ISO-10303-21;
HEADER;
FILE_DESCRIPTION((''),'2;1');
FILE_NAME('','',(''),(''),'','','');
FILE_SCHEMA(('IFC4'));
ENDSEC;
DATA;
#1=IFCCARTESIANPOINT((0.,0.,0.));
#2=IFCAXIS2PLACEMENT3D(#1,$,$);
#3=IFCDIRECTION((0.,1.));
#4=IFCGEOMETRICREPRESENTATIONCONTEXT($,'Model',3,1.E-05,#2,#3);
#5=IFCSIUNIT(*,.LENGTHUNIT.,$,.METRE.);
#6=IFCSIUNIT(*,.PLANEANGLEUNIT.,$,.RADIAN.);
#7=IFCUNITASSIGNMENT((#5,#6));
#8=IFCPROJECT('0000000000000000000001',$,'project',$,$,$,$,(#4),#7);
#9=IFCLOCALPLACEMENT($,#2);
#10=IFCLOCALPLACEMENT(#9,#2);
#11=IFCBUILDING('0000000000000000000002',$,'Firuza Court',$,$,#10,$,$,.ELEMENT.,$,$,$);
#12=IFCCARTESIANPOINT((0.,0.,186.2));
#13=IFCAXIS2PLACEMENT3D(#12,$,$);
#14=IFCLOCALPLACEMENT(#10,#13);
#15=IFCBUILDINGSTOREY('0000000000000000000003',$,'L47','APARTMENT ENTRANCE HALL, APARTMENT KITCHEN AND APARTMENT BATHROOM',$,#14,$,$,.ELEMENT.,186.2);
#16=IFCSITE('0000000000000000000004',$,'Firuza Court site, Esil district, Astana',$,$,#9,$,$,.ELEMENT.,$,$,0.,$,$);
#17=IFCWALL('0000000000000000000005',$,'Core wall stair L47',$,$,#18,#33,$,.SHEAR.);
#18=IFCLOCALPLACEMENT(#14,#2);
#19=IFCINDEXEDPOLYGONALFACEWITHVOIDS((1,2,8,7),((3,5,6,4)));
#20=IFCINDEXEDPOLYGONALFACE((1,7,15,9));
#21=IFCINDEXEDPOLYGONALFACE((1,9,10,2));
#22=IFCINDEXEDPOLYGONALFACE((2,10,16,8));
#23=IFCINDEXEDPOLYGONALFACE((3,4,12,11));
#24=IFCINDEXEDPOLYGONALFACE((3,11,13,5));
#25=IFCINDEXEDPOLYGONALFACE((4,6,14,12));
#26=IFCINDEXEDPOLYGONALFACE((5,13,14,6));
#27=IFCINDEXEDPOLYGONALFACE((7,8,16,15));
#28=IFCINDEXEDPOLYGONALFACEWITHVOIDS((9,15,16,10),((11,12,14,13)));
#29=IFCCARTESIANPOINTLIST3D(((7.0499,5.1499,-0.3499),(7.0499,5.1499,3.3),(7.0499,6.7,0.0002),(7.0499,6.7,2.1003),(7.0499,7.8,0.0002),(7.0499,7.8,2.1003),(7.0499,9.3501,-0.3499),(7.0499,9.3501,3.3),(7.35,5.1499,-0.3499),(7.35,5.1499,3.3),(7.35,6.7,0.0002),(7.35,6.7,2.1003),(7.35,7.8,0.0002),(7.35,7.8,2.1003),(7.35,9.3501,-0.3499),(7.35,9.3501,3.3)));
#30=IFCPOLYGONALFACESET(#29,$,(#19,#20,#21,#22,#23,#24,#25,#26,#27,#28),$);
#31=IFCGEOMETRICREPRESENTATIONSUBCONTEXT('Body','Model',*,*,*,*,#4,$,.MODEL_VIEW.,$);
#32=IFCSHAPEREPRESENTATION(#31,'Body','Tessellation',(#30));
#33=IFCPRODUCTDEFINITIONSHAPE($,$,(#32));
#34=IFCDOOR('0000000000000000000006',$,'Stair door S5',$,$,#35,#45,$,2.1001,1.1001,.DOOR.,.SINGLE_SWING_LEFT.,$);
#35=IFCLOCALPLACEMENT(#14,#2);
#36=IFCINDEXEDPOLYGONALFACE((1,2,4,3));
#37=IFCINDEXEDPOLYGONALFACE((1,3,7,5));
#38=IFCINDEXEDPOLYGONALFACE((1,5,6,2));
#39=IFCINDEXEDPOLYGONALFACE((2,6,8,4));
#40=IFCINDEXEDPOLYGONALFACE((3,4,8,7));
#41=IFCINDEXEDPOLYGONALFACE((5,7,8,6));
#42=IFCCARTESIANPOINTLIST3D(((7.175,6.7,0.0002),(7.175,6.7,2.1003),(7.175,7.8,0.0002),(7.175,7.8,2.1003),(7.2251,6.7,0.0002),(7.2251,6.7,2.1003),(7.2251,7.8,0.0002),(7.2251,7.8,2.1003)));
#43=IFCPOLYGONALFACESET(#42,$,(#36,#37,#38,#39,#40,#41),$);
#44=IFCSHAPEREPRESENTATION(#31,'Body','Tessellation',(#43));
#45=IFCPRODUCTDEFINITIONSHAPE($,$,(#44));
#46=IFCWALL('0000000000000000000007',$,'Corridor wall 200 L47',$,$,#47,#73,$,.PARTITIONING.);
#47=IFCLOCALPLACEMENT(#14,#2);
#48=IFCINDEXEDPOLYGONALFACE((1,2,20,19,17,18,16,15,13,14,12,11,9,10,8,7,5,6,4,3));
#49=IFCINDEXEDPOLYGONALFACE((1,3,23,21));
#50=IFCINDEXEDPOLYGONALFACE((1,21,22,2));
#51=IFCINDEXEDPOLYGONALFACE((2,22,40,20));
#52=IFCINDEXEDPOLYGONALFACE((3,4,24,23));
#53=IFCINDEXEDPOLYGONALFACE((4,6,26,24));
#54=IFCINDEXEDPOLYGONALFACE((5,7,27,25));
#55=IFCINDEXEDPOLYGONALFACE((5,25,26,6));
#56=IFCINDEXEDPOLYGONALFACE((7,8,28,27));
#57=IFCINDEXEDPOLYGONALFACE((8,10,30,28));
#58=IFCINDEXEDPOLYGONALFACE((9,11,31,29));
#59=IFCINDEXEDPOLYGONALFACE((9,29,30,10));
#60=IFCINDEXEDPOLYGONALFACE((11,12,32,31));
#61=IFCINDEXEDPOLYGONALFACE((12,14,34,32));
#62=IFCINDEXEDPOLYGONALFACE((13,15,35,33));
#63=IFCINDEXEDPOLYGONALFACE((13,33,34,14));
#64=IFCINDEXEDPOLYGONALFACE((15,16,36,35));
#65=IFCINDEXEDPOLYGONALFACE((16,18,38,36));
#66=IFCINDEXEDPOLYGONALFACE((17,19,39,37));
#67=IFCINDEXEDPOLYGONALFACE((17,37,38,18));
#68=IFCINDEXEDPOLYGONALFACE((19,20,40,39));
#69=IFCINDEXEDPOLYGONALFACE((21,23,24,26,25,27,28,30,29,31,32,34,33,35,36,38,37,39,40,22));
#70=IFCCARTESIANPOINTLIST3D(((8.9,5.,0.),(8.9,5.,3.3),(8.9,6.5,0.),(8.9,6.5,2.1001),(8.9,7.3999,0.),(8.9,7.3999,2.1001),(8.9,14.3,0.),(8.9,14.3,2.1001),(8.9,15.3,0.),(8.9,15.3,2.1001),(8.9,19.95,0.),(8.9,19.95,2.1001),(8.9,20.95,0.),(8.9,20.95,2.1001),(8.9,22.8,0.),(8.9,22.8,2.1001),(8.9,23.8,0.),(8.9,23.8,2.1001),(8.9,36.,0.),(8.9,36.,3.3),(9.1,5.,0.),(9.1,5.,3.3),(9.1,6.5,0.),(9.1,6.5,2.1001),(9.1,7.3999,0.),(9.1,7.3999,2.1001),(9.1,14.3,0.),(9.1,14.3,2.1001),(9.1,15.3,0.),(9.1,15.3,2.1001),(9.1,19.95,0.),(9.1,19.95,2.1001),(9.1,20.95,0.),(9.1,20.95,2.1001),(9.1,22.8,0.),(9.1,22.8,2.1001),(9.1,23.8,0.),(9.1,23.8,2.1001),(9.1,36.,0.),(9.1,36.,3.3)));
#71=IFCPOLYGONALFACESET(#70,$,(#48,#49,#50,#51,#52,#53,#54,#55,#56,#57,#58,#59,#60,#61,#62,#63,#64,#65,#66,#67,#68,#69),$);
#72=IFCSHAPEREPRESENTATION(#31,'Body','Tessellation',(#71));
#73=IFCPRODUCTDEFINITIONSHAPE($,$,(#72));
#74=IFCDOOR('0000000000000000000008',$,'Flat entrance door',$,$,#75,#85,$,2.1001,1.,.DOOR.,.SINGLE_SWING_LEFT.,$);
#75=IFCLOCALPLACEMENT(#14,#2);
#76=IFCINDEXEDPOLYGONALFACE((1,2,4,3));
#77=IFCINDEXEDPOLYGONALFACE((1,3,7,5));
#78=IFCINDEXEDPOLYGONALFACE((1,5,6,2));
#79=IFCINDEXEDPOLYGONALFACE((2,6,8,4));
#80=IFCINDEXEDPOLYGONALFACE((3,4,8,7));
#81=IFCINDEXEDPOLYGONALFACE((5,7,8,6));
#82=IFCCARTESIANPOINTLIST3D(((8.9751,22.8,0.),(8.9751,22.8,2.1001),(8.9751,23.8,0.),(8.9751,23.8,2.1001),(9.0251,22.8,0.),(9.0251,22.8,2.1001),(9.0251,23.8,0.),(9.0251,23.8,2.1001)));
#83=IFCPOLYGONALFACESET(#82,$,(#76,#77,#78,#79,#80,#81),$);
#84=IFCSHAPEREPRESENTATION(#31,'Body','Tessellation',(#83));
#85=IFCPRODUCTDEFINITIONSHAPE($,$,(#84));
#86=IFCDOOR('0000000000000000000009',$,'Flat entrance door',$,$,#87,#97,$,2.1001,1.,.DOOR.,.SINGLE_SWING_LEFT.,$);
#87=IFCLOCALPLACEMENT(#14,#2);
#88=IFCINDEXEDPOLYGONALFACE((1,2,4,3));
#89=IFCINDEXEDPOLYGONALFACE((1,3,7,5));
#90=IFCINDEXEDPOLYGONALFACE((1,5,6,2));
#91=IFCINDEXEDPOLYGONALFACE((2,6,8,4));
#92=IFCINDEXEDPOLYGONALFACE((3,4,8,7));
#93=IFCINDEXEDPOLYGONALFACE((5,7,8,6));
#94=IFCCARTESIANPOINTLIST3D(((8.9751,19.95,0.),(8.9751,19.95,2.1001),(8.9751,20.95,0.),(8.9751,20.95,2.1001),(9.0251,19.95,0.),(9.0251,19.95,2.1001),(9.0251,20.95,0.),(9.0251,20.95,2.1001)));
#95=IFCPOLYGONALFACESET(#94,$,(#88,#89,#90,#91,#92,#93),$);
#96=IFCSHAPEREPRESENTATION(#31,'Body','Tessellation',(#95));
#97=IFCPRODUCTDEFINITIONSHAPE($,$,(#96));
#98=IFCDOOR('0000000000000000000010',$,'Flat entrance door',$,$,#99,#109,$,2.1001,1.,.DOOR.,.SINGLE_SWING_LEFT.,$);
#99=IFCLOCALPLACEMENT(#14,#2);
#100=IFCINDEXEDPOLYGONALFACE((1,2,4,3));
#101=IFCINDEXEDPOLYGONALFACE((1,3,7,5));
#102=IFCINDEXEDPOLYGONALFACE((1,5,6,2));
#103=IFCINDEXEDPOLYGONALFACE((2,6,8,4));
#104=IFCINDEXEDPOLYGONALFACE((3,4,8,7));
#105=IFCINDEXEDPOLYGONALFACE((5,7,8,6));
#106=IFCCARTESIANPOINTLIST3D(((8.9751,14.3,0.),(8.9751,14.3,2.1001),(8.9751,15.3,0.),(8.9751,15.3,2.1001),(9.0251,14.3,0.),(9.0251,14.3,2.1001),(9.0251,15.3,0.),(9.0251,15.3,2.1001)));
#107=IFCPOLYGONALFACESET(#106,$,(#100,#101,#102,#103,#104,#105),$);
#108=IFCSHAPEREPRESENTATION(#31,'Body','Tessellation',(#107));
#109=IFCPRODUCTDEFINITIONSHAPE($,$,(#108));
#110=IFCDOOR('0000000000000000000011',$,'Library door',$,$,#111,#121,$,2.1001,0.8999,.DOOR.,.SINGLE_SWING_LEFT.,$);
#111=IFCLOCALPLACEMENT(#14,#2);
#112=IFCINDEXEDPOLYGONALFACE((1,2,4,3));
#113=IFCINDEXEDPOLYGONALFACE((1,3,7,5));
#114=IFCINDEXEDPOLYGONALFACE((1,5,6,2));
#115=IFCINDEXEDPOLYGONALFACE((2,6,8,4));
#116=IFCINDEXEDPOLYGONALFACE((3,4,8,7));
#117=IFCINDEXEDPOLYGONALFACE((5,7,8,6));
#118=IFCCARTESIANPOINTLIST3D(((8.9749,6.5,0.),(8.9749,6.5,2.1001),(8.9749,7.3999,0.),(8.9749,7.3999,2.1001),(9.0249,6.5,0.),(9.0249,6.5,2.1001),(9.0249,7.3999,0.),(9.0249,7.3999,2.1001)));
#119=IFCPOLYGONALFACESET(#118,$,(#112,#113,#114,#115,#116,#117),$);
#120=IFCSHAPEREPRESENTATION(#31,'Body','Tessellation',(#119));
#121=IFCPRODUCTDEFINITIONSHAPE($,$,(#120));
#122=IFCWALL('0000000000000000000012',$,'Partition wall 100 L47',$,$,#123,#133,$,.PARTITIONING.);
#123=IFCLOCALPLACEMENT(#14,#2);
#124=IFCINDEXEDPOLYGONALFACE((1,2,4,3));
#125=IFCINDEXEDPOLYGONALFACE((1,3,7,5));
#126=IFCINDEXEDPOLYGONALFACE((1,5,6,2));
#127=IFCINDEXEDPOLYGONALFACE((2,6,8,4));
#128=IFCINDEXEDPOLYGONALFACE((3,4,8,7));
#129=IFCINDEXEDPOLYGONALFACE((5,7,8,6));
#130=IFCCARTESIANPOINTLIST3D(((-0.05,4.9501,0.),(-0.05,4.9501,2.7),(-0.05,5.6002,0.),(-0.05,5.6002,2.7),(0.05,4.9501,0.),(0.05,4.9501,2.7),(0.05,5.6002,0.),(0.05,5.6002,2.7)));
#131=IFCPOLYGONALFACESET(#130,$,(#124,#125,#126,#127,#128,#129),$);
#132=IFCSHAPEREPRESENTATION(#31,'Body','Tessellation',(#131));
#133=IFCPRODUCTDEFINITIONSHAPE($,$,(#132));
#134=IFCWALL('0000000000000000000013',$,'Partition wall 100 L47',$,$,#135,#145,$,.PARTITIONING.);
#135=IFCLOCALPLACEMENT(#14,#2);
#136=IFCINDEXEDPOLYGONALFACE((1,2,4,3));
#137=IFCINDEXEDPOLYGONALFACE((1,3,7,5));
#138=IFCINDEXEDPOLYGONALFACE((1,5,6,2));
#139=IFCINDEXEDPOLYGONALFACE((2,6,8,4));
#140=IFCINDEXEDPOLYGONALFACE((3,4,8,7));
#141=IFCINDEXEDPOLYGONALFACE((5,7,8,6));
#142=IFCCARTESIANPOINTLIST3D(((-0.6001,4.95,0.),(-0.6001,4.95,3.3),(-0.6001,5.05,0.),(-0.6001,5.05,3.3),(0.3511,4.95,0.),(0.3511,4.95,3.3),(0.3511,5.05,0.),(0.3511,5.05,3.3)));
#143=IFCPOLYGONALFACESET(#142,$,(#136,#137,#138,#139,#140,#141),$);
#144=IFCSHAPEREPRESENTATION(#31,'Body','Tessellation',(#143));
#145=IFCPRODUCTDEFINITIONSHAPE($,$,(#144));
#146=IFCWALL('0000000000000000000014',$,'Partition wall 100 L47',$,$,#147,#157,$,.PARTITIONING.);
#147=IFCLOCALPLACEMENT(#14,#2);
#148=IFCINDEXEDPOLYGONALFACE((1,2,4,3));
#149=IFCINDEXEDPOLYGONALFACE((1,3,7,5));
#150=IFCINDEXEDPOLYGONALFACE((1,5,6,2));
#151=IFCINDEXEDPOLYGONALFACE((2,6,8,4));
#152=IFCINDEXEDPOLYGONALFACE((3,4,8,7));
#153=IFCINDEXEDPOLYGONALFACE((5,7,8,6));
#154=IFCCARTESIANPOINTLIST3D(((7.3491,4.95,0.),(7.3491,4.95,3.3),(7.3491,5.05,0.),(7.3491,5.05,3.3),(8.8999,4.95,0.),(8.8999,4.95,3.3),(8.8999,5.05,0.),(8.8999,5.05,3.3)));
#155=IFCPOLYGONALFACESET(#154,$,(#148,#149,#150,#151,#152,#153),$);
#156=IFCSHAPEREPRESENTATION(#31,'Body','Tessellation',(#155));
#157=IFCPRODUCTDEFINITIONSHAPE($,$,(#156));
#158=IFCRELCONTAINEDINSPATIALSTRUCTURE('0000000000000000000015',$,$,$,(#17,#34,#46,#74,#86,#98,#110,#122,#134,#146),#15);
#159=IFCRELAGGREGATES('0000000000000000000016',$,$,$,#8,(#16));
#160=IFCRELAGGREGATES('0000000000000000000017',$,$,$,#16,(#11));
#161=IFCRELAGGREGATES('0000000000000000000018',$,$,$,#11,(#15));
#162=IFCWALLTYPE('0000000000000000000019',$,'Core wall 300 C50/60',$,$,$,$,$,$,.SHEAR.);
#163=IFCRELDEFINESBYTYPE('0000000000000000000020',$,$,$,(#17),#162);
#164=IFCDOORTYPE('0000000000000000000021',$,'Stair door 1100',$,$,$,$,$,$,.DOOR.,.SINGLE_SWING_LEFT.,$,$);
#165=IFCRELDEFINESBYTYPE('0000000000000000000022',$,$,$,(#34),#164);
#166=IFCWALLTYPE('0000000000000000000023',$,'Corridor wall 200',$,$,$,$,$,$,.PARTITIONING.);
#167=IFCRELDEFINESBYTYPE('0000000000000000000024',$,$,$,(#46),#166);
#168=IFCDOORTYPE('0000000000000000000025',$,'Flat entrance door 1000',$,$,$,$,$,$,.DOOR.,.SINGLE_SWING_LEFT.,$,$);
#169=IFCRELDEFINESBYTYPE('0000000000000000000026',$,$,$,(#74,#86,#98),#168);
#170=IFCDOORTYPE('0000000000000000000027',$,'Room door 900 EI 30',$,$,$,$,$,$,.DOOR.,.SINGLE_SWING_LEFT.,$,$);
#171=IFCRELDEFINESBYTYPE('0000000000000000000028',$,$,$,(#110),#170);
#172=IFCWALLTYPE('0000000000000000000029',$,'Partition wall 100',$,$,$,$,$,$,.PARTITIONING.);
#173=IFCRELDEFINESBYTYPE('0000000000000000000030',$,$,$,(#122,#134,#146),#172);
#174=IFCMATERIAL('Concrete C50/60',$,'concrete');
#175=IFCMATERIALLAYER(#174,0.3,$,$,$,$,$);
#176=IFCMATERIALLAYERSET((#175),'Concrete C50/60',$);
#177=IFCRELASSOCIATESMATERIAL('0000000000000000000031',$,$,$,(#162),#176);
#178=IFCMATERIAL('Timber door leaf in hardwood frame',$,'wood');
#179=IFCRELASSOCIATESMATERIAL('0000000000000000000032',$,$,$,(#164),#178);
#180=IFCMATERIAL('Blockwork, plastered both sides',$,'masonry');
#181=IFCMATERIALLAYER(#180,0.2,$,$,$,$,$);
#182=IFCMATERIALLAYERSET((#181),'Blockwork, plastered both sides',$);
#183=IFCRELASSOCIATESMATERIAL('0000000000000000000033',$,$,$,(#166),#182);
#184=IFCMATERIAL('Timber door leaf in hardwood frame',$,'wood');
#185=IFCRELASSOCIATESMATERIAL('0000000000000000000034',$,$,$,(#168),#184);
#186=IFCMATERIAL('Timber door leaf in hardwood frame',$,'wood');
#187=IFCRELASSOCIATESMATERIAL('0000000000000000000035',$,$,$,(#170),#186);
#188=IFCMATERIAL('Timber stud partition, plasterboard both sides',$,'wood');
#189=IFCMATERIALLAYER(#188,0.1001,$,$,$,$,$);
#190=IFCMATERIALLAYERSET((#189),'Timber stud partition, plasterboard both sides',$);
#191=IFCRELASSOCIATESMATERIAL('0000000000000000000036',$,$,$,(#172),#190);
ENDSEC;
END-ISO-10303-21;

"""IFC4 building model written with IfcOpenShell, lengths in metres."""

from ifc_helpers import new_model, si_unit, direction, frame, frame_2d, origin, place, context, subcontext, project, spatial, rectangle, extrude, material, layer, layer_set, type_object, element, fill, save


model = new_model("IFC4")

# Units and contexts
model_context = context("Model", 3, precision=1e-05, world=origin(), true_north=direction((0.0, 1.0)))
body_context = subcontext(model_context, "Body", "Model", "MODEL_VIEW")
ifc_project = project(units=[si_unit("LENGTHUNIT", "METRE"), si_unit("PLANEANGLEUNIT", "RADIAN")], contexts=[model_context])

# Site, building, storey
site_placement = place(None, origin())
site = spatial("IfcSite", under=ifc_project, at=site_placement, Name="Firuza Court site, Esil district, Astana", CompositionType="ELEMENT", RefElevation=0.0)
building_placement = place(site_placement, origin())
building = spatial("IfcBuilding", under=site, at=building_placement, Name="Firuza Court", CompositionType="ELEMENT")
storey_placement = place(building_placement, frame((0.0, 0.0, 186.2)))
storey = spatial("IfcBuildingStorey", under=building, at=storey_placement, Name="L47", Description="APARTMENT ENTRANCE HALL, APARTMENT KITCHEN AND APARTMENT BATHROOM", CompositionType="ELEMENT", Elevation=186.2)

# Shared definitions
ifc_material_1 = material(Name="Concrete C50/60", Category="concrete")
ifc_layer_1 = layer(ifc_material_1, 0.3)
ifc_layer_set_1 = layer_set([ifc_layer_1], Name="Concrete C50/60")
wall_type_1 = type_object("IfcWallType", Name="Core wall 300 C50/60", PredefinedType="SHEAR", material=ifc_layer_set_1)

# Wall, opening, door
wall_1_placement = place(storey_placement, frame((7.2, 5.1499, -0.3499), z_axis=(0.0, 0.0, 1.0), x_axis=(0.0, 1.0, 0.0)))
wall_1 = element("IfcWall", 1, at=wall_1_placement, inside=storey, type_object=wall_type_1, Name="Core wall stair L47", PredefinedType="SHEAR", context=body_context, shape_type="SweptSolid", body=[
    extrude(rectangle(XDim=4.2002, YDim=0.3, at=frame_2d((2.1001, 0.0))), origin(), (0.0, 0.0, 1.0), 3.6499),
])
opening_1_placement = place(wall_1_placement, frame((1.55, 0.0, 0.3501)))
opening_1 = element("IfcOpeningElement", 2, at=opening_1_placement, cuts=wall_1, PredefinedType="OPENING", context=body_context, shape_type="SweptSolid", body=[
    extrude(rectangle(XDim=1.1001, YDim=2.1001, at=frame_2d((0.55, 1.05))), frame((0.0, 0.1621, 0.0), z_axis=(0.0, -1.0, 0.0), x_axis=(1.0, 0.0, 0.0)), (0.0, 0.0, 1.0), 0.324),
])
ifc_material_2 = material(Name="Timber door leaf in hardwood frame", Category="wood")
door_type_1 = type_object("IfcDoorType", Name="Stair door 1100", OperationType="SINGLE_SWING_LEFT", PredefinedType="DOOR", material=ifc_material_2)
door_1_placement = place(opening_1_placement, origin())
door_1 = element("IfcDoor", 3, at=door_1_placement, inside=storey, type_object=door_type_1, Name="Stair door S5", OperationType="SINGLE_SWING_LEFT", OverallHeight=2.1001, OverallWidth=1.1001, PredefinedType="DOOR", context=body_context, shape_type="SweptSolid", body=[
    extrude(rectangle(XDim=1.1001, YDim=2.1001, at=frame_2d((0.55, 1.05))), frame((0.0, 0.0249, 0.0), z_axis=(0.0, -1.0, 0.0), x_axis=(1.0, 0.0, 0.0)), (0.0, 0.0, 1.0), 0.05),
])
fill(opening_1, door_1)

# Wall, openings, doors
ifc_material_3 = material(Name="Blockwork, plastered both sides", Category="masonry")
ifc_layer_2 = layer(ifc_material_3, 0.2)
ifc_layer_set_2 = layer_set([ifc_layer_2], Name="Blockwork, plastered both sides")
wall_type_2 = type_object("IfcWallType", Name="Corridor wall 200", PredefinedType="PARTITIONING", material=ifc_layer_set_2)
wall_2_placement = place(storey_placement, frame((9.0, 5.0, 0.0), z_axis=(0.0, 0.0, 1.0), x_axis=(0.0, 1.0, 0.0)))
wall_2 = element("IfcWall", 4, at=wall_2_placement, inside=storey, type_object=wall_type_2, Name="Corridor wall 200 L47", PredefinedType="PARTITIONING", context=body_context, shape_type="SweptSolid", body=[
    extrude(rectangle(XDim=31.0, YDim=0.2, at=frame_2d((15.5, 0.0))), origin(), (0.0, 0.0, 1.0), 3.3),
])
opening_2_placement = place(wall_2_placement, frame((17.8, 0.0, 0.0)))
opening_2 = element("IfcOpeningElement", 5, at=opening_2_placement, cuts=wall_2, PredefinedType="OPENING", context=body_context, shape_type="SweptSolid", body=[
    extrude(rectangle(XDim=1.0, YDim=2.1001, at=frame_2d((0.5, 1.05))), frame((0.0, 0.1118, 0.0), z_axis=(0.0, -1.0, 0.0), x_axis=(1.0, 0.0, 0.0)), (0.0, 0.0, 1.0), 0.2239),
])
opening_3_placement = place(wall_2_placement, frame((14.95, 0.0, 0.0)))
opening_3 = element("IfcOpeningElement", 6, at=opening_3_placement, cuts=wall_2, PredefinedType="OPENING", context=body_context, shape_type="SweptSolid", body=[
    extrude(rectangle(XDim=1.0, YDim=2.1001, at=frame_2d((0.5, 1.05))), frame((0.0, 0.1118, 0.0), z_axis=(0.0, -1.0, 0.0), x_axis=(1.0, 0.0, 0.0)), (0.0, 0.0, 1.0), 0.2239),
])
opening_4_placement = place(wall_2_placement, frame((9.3, 0.0, 0.0)))
opening_4 = element("IfcOpeningElement", 7, at=opening_4_placement, cuts=wall_2, PredefinedType="OPENING", context=body_context, shape_type="SweptSolid", body=[
    extrude(rectangle(XDim=1.0, YDim=2.1001, at=frame_2d((0.5, 1.05))), frame((0.0, 0.1118, 0.0), z_axis=(0.0, -1.0, 0.0), x_axis=(1.0, 0.0, 0.0)), (0.0, 0.0, 1.0), 0.2239),
])
opening_5_placement = place(wall_2_placement, frame((1.5, 0.0, 0.0)))
opening_5 = element("IfcOpeningElement", 8, at=opening_5_placement, cuts=wall_2, PredefinedType="OPENING", context=body_context, shape_type="SweptSolid", body=[
    extrude(rectangle(XDim=0.8999, YDim=2.1001, at=frame_2d((0.45, 1.05))), frame((0.0, 0.1118, 0.0), z_axis=(0.0, -1.0, 0.0), x_axis=(1.0, 0.0, 0.0)), (0.0, 0.0, 1.0), 0.2239),
])
ifc_material_4 = material(Name="Timber door leaf in hardwood frame", Category="wood")
door_type_2 = type_object("IfcDoorType", Name="Flat entrance door 1000", OperationType="SINGLE_SWING_LEFT", PredefinedType="DOOR", material=ifc_material_4)
door_2_placement = place(opening_2_placement, origin())
door_2 = element("IfcDoor", 9, at=door_2_placement, inside=storey, type_object=door_type_2, Name="Flat entrance door", OperationType="SINGLE_SWING_LEFT", OverallHeight=2.1001, OverallWidth=1.0, PredefinedType="DOOR", context=body_context, shape_type="SweptSolid", body=[
    extrude(rectangle(XDim=1.0, YDim=2.1001, at=frame_2d((0.5, 1.05))), frame((0.0, 0.0249, 0.0), z_axis=(0.0, -1.0, 0.0), x_axis=(1.0, 0.0, 0.0)), (0.0, 0.0, 1.0), 0.05),
])
fill(opening_2, door_2)
door_3_placement = place(opening_3_placement, origin())
door_3 = element("IfcDoor", 10, at=door_3_placement, inside=storey, type_object=door_type_2, Name="Flat entrance door", OperationType="SINGLE_SWING_LEFT", OverallHeight=2.1001, OverallWidth=1.0, PredefinedType="DOOR", context=body_context, shape_type="SweptSolid", body=[
    extrude(rectangle(XDim=1.0, YDim=2.1001, at=frame_2d((0.5, 1.05))), frame((0.0, 0.0249, 0.0), z_axis=(0.0, -1.0, 0.0), x_axis=(1.0, 0.0, 0.0)), (0.0, 0.0, 1.0), 0.05),
])
fill(opening_3, door_3)
door_4_placement = place(opening_4_placement, origin())
door_4 = element("IfcDoor", 11, at=door_4_placement, inside=storey, type_object=door_type_2, Name="Flat entrance door", OperationType="SINGLE_SWING_LEFT", OverallHeight=2.1001, OverallWidth=1.0, PredefinedType="DOOR", context=body_context, shape_type="SweptSolid", body=[
    extrude(rectangle(XDim=1.0, YDim=2.1001, at=frame_2d((0.5, 1.05))), frame((0.0, 0.0249, 0.0), z_axis=(0.0, -1.0, 0.0), x_axis=(1.0, 0.0, 0.0)), (0.0, 0.0, 1.0), 0.05),
])
fill(opening_4, door_4)
ifc_material_5 = material(Name="Timber door leaf in hardwood frame", Category="wood")
door_type_3 = type_object("IfcDoorType", Name="Room door 900 EI 30", OperationType="SINGLE_SWING_LEFT", PredefinedType="DOOR", material=ifc_material_5)
door_5_placement = place(opening_5_placement, frame((0.8999, 0.0, 0.0), z_axis=(0.0, 0.0, 1.0), x_axis=(-1.0, 0.0, 0.0)))
door_5 = element("IfcDoor", 12, at=door_5_placement, inside=storey, type_object=door_type_3, Name="Library door", OperationType="SINGLE_SWING_LEFT", OverallHeight=2.1001, OverallWidth=0.8999, PredefinedType="DOOR", context=body_context, shape_type="SweptSolid", body=[
    extrude(rectangle(XDim=0.8999, YDim=2.1001, at=frame_2d((0.45, 1.05))), frame((0.0, 0.0249, 0.0), z_axis=(0.0, -1.0, 0.0), x_axis=(1.0, 0.0, 0.0)), (0.0, 0.0, 1.0), 0.05),
])
fill(opening_5, door_5)

# Walls
ifc_material_6 = material(Name="Timber stud partition, plasterboard both sides", Category="wood")
ifc_layer_3 = layer(ifc_material_6, 0.1001)
ifc_layer_set_3 = layer_set([ifc_layer_3], Name="Timber stud partition, plasterboard both sides")
wall_type_3 = type_object("IfcWallType", Name="Partition wall 100", PredefinedType="PARTITIONING", material=ifc_layer_set_3)
wall_3_placement = place(storey_placement, frame((0.0, 4.95, 0.0), z_axis=(0.0, 0.0, 1.0), x_axis=(0.0, 1.0, 0.0)))
element("IfcWall", 13, at=wall_3_placement, inside=storey, type_object=wall_type_3, Name="Partition wall 100 L47", PredefinedType="PARTITIONING", context=body_context, shape_type="SweptSolid", body=[
    extrude(rectangle(XDim=0.6501, YDim=0.1001, at=frame_2d((0.3252, 0.0))), origin(), (0.0, 0.0, 1.0), 2.7),
])
wall_4_placement = place(storey_placement, frame((-0.6001, 5.0, 0.0), z_axis=(0.0, 0.0, 1.0), x_axis=(1.0, 0.0, 0.0)))
element("IfcWall", 14, at=wall_4_placement, inside=storey, type_object=wall_type_3, Name="Partition wall 100 L47", PredefinedType="PARTITIONING", context=body_context, shape_type="SweptSolid", body=[
    extrude(rectangle(XDim=0.9512, YDim=0.1001, at=frame_2d((0.4756, 0.0))), origin(), (0.0, 0.0, 1.0), 3.3),
])
wall_5_placement = place(storey_placement, frame((7.3491, 5.0, 0.0), z_axis=(0.0, 0.0, 1.0), x_axis=(1.0, 0.0, 0.0)))
element("IfcWall", 15, at=wall_5_placement, inside=storey, type_object=wall_type_3, Name="Partition wall 100 L47", PredefinedType="PARTITIONING", context=body_context, shape_type="SweptSolid", body=[
    extrude(rectangle(XDim=1.5508, YDim=0.1001, at=frame_2d((0.7754, 0.0))), origin(), (0.0, 0.0, 1.0), 3.3),
])

save(model, "model.ifc")
